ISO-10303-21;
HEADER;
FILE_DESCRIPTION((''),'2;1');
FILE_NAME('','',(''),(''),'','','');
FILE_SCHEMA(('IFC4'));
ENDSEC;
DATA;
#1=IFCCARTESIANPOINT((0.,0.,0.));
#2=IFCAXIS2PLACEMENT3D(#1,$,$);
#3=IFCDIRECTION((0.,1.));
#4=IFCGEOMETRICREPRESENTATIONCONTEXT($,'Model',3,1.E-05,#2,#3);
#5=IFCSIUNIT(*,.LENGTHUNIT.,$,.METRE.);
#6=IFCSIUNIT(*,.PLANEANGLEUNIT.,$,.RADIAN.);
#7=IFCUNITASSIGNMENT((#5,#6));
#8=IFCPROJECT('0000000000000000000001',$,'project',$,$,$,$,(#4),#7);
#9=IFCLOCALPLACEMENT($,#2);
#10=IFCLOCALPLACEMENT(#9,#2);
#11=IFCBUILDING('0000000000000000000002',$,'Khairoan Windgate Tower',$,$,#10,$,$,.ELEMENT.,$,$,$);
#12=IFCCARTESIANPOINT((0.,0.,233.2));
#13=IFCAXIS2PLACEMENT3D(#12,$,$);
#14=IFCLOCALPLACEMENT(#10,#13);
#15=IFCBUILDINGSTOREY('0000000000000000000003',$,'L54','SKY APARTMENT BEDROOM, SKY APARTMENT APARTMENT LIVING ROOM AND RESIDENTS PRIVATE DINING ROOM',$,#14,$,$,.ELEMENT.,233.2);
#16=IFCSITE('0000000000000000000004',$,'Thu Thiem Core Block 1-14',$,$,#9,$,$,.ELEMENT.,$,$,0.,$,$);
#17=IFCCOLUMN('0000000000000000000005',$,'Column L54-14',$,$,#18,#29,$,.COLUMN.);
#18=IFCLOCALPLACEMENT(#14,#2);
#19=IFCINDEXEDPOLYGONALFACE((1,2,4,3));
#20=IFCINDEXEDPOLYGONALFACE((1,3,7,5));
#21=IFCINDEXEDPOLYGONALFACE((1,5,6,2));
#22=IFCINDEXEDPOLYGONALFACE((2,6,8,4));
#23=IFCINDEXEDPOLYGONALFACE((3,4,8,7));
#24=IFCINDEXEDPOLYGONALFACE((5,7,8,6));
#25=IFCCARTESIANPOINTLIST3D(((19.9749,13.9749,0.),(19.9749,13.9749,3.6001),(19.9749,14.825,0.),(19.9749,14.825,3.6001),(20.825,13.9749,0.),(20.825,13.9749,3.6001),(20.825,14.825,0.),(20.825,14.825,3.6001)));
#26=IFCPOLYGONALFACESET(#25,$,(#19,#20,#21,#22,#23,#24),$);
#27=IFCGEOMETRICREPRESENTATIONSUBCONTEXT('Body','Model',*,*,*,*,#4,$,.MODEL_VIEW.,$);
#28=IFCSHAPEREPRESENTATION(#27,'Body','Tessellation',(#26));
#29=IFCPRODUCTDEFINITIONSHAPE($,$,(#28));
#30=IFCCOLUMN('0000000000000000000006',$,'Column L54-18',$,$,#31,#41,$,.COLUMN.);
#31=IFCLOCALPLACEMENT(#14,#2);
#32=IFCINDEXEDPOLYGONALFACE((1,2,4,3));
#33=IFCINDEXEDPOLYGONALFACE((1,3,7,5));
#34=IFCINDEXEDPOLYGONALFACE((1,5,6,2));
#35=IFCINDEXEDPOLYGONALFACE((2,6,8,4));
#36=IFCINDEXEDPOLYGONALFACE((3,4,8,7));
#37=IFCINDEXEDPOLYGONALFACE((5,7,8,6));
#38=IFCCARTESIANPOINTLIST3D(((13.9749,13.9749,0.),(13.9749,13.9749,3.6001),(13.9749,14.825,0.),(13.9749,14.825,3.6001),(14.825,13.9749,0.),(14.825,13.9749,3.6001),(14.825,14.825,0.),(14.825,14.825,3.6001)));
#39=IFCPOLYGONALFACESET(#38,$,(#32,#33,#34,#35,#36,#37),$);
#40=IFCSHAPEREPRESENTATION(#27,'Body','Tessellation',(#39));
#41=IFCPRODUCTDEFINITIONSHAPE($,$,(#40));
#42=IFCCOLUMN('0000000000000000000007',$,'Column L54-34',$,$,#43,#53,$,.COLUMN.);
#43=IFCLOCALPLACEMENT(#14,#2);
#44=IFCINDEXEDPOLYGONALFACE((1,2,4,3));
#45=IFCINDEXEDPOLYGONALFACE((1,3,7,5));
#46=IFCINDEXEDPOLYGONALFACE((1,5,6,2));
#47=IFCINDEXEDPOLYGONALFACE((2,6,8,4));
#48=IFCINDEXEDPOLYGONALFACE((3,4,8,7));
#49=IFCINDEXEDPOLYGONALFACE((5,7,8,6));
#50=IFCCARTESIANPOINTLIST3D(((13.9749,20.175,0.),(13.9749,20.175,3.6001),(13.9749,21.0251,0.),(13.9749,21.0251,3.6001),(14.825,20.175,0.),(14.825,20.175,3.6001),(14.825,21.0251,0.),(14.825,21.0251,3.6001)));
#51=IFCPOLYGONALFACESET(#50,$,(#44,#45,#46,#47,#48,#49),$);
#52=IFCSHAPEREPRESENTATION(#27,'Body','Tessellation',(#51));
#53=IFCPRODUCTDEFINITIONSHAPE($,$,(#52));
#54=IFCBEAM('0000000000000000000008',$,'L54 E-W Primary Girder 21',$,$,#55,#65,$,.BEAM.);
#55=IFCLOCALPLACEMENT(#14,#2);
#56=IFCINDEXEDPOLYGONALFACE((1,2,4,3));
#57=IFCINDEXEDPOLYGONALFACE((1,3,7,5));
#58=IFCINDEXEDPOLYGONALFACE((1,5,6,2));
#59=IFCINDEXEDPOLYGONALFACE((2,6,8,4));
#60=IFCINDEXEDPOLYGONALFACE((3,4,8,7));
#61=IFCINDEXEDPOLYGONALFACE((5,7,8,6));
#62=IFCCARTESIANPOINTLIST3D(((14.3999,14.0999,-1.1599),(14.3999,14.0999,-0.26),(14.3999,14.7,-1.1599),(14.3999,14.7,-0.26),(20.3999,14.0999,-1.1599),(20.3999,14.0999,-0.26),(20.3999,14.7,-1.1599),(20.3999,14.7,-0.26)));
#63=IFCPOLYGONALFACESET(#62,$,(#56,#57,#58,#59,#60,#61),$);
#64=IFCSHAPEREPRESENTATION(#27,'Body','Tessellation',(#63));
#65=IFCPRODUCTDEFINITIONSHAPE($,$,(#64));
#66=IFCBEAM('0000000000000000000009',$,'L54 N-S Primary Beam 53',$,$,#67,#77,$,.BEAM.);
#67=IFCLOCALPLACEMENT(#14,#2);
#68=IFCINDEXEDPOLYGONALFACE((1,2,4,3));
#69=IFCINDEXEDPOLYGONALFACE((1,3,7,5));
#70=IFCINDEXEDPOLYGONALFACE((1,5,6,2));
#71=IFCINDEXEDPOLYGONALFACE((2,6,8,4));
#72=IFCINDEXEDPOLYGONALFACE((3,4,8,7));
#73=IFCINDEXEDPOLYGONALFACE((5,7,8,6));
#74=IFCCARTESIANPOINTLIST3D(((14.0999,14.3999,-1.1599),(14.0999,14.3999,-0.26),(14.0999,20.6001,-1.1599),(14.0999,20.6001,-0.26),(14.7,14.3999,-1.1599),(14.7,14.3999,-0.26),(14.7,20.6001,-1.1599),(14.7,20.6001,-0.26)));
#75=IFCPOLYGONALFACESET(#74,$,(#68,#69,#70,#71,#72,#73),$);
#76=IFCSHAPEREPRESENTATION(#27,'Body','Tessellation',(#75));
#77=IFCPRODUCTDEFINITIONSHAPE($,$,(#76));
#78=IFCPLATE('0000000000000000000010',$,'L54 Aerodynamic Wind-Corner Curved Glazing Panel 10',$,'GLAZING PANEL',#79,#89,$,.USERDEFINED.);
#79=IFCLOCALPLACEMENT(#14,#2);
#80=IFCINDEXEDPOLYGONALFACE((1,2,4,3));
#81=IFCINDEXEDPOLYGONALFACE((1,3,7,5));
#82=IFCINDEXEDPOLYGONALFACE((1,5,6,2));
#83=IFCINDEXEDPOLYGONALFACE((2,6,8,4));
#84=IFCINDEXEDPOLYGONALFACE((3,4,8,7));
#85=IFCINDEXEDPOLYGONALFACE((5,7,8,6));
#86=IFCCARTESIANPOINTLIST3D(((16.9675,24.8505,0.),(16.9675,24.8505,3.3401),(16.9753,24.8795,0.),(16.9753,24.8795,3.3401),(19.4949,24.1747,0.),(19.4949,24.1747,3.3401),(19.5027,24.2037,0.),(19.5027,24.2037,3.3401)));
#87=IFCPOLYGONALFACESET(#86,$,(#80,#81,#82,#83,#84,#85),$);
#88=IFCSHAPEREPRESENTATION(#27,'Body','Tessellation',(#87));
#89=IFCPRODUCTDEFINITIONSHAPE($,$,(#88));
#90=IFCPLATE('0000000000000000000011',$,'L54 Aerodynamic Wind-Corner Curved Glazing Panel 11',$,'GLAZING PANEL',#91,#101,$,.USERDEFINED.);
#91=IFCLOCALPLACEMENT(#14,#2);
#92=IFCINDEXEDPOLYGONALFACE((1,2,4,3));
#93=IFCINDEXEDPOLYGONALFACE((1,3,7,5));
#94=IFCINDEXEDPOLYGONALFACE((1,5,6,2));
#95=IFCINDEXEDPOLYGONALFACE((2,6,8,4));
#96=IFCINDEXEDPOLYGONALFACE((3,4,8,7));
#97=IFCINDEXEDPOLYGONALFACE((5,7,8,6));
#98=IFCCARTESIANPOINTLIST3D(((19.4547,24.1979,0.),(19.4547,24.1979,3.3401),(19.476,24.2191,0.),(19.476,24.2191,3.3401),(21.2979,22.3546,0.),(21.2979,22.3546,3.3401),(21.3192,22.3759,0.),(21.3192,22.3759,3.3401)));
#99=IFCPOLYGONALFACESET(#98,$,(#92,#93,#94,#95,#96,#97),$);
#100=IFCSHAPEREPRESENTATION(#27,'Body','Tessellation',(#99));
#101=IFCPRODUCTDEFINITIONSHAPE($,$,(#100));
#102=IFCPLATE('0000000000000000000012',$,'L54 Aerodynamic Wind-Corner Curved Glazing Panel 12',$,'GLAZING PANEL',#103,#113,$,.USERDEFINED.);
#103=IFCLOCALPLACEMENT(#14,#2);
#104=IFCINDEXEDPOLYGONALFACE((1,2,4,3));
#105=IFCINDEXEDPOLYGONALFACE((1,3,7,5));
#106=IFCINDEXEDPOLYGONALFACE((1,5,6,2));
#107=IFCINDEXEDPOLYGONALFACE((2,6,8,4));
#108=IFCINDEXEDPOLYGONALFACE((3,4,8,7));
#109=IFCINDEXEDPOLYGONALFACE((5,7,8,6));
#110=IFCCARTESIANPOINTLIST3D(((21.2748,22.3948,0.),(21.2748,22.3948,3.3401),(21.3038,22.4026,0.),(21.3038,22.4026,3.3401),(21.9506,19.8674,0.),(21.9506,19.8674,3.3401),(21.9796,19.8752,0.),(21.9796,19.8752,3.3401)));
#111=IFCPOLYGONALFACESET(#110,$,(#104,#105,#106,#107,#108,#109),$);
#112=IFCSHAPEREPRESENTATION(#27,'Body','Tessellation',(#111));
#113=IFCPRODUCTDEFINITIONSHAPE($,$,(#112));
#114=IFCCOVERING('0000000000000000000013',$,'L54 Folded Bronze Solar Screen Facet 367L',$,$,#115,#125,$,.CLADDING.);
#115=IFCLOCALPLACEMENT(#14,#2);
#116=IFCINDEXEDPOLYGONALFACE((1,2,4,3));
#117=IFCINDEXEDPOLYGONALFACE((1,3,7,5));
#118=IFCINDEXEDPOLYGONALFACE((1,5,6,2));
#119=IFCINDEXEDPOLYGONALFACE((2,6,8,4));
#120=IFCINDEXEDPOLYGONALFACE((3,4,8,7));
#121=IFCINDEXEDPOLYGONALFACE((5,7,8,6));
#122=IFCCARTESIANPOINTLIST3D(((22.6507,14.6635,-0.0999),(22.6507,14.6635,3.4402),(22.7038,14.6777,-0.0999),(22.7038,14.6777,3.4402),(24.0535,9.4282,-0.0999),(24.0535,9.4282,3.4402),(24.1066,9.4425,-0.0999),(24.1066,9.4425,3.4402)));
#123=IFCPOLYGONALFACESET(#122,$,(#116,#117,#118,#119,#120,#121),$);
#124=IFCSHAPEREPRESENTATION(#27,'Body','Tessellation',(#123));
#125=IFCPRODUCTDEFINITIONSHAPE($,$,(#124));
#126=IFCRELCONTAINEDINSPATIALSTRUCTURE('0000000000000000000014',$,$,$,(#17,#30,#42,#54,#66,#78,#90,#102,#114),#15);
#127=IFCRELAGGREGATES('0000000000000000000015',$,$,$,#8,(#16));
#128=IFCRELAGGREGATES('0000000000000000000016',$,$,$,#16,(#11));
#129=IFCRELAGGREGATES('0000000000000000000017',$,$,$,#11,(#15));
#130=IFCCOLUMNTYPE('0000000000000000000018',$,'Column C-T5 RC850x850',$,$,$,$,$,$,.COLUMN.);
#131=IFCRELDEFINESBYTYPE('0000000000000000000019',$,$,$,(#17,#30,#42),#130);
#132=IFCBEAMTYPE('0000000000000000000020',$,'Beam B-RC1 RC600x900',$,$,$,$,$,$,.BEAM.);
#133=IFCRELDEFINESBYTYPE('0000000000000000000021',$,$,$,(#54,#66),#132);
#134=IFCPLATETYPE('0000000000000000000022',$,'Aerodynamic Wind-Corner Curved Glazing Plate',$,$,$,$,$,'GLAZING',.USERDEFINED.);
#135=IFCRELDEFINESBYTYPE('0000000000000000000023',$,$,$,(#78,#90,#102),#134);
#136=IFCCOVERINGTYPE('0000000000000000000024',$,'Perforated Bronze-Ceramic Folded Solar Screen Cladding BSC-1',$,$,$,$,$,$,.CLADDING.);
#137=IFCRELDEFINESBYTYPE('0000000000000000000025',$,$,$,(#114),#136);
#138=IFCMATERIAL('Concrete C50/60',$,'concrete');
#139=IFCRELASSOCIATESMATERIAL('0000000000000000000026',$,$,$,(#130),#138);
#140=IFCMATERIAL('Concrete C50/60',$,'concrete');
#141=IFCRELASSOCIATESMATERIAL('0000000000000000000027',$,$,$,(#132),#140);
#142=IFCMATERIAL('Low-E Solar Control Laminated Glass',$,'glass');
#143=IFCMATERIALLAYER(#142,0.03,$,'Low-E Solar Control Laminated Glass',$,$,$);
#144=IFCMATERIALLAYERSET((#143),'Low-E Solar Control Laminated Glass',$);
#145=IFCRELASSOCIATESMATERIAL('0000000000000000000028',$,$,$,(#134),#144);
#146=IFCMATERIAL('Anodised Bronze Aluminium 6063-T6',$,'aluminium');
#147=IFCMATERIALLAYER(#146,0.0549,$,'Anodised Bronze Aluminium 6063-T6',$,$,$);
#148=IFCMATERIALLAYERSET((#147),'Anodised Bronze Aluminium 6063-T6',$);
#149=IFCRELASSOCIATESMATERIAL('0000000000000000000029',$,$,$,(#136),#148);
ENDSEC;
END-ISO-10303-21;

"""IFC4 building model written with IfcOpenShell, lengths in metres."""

from ifc_helpers import new_model, si_unit, direction, frame, origin, origin_2d, place, context, subcontext, project, spatial, rectangle, extrude, material, layer, layer_set, material_profile, profile_set, type_object, element, save


model = new_model("IFC4")

# Units and contexts
model_context = context("Model", 3, precision=1e-05, world=origin(), true_north=direction((0.0, 1.0)))
body_context = subcontext(model_context, "Body", "Model", "MODEL_VIEW")
ifc_project = project(units=[si_unit("LENGTHUNIT", "METRE"), si_unit("PLANEANGLEUNIT", "RADIAN")], contexts=[model_context])

# Site, building, storey
site_placement = place(None, origin())
site = spatial("IfcSite", under=ifc_project, at=site_placement, Name="Thu Thiem Core Block 1-14", CompositionType="ELEMENT", RefElevation=0.0)
building_placement = place(site_placement, origin())
building = spatial("IfcBuilding", under=site, at=building_placement, Name="Khairoan Windgate Tower", CompositionType="ELEMENT")
storey_placement = place(building_placement, frame((0.0, 0.0, 233.2)))
storey = spatial("IfcBuildingStorey", under=building, at=storey_placement, Name="L54", Description="SKY APARTMENT BEDROOM, SKY APARTMENT APARTMENT LIVING ROOM AND RESIDENTS PRIVATE DINING ROOM", CompositionType="ELEMENT", Elevation=233.2)

# Columns
ifc_material_1 = material(Name="Concrete C50/60", Category="concrete")
ifc_material_profile_1 = material_profile(ifc_material_1, rectangle(XDim=0.8501, YDim=0.8501, at=origin_2d()))
ifc_profile_set_1 = profile_set([ifc_material_profile_1], Name="Concrete C50/60")
column_type = type_object("IfcColumnType", Name="Column C-T5 RC850x850", PredefinedType="COLUMN", material=ifc_profile_set_1)
for number, where, z_axis, x_axis, name in (
    (1, (20.3999, 14.3999, 0.0), (0.0, 0.0, 1.0), (1.0, 0.0, 0.0), "Column L54-14"),
    (2, (14.3999, 14.3999, 0.0), (0.0, 0.0, 1.0), (1.0, 0.0, 0.0), "Column L54-18"),
    (3, (14.3999, 20.6001, 0.0), (0.0, 0.0, 1.0), (1.0, 0.0, 0.0), "Column L54-34"),
):
    element("IfcColumn", number, at=place(storey_placement, frame(where, z_axis=z_axis, x_axis=x_axis)), inside=storey, type_object=column_type, Name=name, PredefinedType="COLUMN", context=body_context, shape_type="SweptSolid", body=[
        extrude(rectangle(XDim=0.8501, YDim=0.8501, at=origin_2d()), origin(), (0.0, 0.0, 1.0), 3.6001),
    ])

# Beams
ifc_material_2 = material(Name="Concrete C50/60", Category="concrete")
ifc_material_profile_2 = material_profile(ifc_material_2, rectangle(XDim=0.6001, YDim=0.8999, at=origin_2d()))
ifc_profile_set_2 = profile_set([ifc_material_profile_2], Name="Concrete C50/60")
beam_type = type_object("IfcBeamType", Name="Beam B-RC1 RC600x900", PredefinedType="BEAM", material=ifc_profile_set_2)
beam_1_placement = place(storey_placement, frame((14.3999, 14.3999, -0.71), z_axis=(1.0, 0.0, 0.0), x_axis=(0.0, 1.0, 0.0)))
element("IfcBeam", 4, at=beam_1_placement, inside=storey, type_object=beam_type, Name="L54 E-W Primary Girder 21", PredefinedType="BEAM", context=body_context, shape_type="SweptSolid", body=[
    extrude(rectangle(XDim=0.6001, YDim=0.8999, at=origin_2d()), origin(), (0.0, 0.0, 1.0), 6.0),
])
beam_2_placement = place(storey_placement, frame((14.3999, 14.3999, -0.71), z_axis=(0.0, 1.0, 0.0), x_axis=(-1.0, 0.0, 0.0)))
element("IfcBeam", 5, at=beam_2_placement, inside=storey, type_object=beam_type, Name="L54 N-S Primary Beam 53", PredefinedType="BEAM", context=body_context, shape_type="SweptSolid", body=[
    extrude(rectangle(XDim=0.6001, YDim=0.8999, at=origin_2d()), origin(), (0.0, 0.0, 1.0), 6.2002),
])

# Plates
ifc_material_3 = material(Name="Low-E Solar Control Laminated Glass", Category="glass")
ifc_layer_1 = layer(ifc_material_3, 0.03, Name="Low-E Solar Control Laminated Glass")
ifc_layer_set_1 = layer_set([ifc_layer_1], Name="Low-E Solar Control Laminated Glass")
plate_type_1 = type_object("IfcPlateType", Name="Aerodynamic Wind-Corner Curved Glazing Plate", ElementType="GLAZING", PredefinedType="USERDEFINED", material=ifc_layer_set_1)
plate_1_placement = place(storey_placement, frame((18.2351, 24.5271, 0.0), z_axis=(0.0, 0.0, 1.0), x_axis=(0.966061, -0.258313, 0.0)))
element("IfcPlate", 6, at=plate_1_placement, inside=storey, type_object=plate_type_1, Name="L54 Aerodynamic Wind-Corner Curved Glazing Panel 10", ObjectType="GLAZING PANEL", PredefinedType="USERDEFINED", context=body_context, shape_type="SweptSolid", body=[
    extrude(rectangle(XDim=2.6162, YDim=0.03, at=origin_2d()), origin(), (0.0, 0.0, 1.0), 3.3401),
])
plate_2_placement = place(storey_placement, frame((20.387, 23.2869, 0.0), z_axis=(0.0, 0.0, 1.0), x_axis=(0.707107, -0.707107, 0.0)))
element("IfcPlate", 7, at=plate_2_placement, inside=storey, type_object=plate_type_1, Name="L54 Aerodynamic Wind-Corner Curved Glazing Panel 11", ObjectType="GLAZING PANEL", PredefinedType="USERDEFINED", context=body_context, shape_type="SweptSolid", body=[
    extrude(rectangle(XDim=2.6067, YDim=0.03, at=origin_2d()), origin(), (0.0, 0.0, 1.0), 3.3401),
])
plate_3_placement = place(storey_placement, frame((21.6272, 21.135, 0.0), z_axis=(0.0, 0.0, 1.0), x_axis=(0.258313, -0.966061, 0.0)))
element("IfcPlate", 8, at=plate_3_placement, inside=storey, type_object=plate_type_1, Name="L54 Aerodynamic Wind-Corner Curved Glazing Panel 12", ObjectType="GLAZING PANEL", PredefinedType="USERDEFINED", context=body_context, shape_type="SweptSolid", body=[
    extrude(rectangle(XDim=2.6162, YDim=0.03, at=origin_2d()), origin(), (0.0, 0.0, 1.0), 3.3401),
])

# Covering
ifc_material_4 = material(Name="Anodised Bronze Aluminium 6063-T6", Category="aluminium")
ifc_layer_2 = layer(ifc_material_4, 0.0549, Name="Anodised Bronze Aluminium 6063-T6")
ifc_layer_set_2 = layer_set([ifc_layer_2], Name="Anodised Bronze Aluminium 6063-T6")
covering_type = type_object("IfcCoveringType", Name="Perforated Bronze-Ceramic Folded Solar Screen Cladding BSC-1", PredefinedType="CLADDING", material=ifc_layer_set_2)
covering_placement = place(storey_placement, frame((23.3787, 12.053, -0.0999), z_axis=(0.0, 0.0, 1.0), x_axis=(0.258819, -0.965926, 0.0)))
element("IfcCovering", 9, at=covering_placement, inside=storey, type_object=covering_type, Name="L54 Folded Bronze Solar Screen Facet 367L", PredefinedType="CLADDING", context=body_context, shape_type="SweptSolid", body=[
    extrude(rectangle(XDim=5.4199, YDim=0.0549, at=origin_2d()), origin(), (0.0, 0.0, 1.0), 3.54),
])

save(model, "model.ifc")
